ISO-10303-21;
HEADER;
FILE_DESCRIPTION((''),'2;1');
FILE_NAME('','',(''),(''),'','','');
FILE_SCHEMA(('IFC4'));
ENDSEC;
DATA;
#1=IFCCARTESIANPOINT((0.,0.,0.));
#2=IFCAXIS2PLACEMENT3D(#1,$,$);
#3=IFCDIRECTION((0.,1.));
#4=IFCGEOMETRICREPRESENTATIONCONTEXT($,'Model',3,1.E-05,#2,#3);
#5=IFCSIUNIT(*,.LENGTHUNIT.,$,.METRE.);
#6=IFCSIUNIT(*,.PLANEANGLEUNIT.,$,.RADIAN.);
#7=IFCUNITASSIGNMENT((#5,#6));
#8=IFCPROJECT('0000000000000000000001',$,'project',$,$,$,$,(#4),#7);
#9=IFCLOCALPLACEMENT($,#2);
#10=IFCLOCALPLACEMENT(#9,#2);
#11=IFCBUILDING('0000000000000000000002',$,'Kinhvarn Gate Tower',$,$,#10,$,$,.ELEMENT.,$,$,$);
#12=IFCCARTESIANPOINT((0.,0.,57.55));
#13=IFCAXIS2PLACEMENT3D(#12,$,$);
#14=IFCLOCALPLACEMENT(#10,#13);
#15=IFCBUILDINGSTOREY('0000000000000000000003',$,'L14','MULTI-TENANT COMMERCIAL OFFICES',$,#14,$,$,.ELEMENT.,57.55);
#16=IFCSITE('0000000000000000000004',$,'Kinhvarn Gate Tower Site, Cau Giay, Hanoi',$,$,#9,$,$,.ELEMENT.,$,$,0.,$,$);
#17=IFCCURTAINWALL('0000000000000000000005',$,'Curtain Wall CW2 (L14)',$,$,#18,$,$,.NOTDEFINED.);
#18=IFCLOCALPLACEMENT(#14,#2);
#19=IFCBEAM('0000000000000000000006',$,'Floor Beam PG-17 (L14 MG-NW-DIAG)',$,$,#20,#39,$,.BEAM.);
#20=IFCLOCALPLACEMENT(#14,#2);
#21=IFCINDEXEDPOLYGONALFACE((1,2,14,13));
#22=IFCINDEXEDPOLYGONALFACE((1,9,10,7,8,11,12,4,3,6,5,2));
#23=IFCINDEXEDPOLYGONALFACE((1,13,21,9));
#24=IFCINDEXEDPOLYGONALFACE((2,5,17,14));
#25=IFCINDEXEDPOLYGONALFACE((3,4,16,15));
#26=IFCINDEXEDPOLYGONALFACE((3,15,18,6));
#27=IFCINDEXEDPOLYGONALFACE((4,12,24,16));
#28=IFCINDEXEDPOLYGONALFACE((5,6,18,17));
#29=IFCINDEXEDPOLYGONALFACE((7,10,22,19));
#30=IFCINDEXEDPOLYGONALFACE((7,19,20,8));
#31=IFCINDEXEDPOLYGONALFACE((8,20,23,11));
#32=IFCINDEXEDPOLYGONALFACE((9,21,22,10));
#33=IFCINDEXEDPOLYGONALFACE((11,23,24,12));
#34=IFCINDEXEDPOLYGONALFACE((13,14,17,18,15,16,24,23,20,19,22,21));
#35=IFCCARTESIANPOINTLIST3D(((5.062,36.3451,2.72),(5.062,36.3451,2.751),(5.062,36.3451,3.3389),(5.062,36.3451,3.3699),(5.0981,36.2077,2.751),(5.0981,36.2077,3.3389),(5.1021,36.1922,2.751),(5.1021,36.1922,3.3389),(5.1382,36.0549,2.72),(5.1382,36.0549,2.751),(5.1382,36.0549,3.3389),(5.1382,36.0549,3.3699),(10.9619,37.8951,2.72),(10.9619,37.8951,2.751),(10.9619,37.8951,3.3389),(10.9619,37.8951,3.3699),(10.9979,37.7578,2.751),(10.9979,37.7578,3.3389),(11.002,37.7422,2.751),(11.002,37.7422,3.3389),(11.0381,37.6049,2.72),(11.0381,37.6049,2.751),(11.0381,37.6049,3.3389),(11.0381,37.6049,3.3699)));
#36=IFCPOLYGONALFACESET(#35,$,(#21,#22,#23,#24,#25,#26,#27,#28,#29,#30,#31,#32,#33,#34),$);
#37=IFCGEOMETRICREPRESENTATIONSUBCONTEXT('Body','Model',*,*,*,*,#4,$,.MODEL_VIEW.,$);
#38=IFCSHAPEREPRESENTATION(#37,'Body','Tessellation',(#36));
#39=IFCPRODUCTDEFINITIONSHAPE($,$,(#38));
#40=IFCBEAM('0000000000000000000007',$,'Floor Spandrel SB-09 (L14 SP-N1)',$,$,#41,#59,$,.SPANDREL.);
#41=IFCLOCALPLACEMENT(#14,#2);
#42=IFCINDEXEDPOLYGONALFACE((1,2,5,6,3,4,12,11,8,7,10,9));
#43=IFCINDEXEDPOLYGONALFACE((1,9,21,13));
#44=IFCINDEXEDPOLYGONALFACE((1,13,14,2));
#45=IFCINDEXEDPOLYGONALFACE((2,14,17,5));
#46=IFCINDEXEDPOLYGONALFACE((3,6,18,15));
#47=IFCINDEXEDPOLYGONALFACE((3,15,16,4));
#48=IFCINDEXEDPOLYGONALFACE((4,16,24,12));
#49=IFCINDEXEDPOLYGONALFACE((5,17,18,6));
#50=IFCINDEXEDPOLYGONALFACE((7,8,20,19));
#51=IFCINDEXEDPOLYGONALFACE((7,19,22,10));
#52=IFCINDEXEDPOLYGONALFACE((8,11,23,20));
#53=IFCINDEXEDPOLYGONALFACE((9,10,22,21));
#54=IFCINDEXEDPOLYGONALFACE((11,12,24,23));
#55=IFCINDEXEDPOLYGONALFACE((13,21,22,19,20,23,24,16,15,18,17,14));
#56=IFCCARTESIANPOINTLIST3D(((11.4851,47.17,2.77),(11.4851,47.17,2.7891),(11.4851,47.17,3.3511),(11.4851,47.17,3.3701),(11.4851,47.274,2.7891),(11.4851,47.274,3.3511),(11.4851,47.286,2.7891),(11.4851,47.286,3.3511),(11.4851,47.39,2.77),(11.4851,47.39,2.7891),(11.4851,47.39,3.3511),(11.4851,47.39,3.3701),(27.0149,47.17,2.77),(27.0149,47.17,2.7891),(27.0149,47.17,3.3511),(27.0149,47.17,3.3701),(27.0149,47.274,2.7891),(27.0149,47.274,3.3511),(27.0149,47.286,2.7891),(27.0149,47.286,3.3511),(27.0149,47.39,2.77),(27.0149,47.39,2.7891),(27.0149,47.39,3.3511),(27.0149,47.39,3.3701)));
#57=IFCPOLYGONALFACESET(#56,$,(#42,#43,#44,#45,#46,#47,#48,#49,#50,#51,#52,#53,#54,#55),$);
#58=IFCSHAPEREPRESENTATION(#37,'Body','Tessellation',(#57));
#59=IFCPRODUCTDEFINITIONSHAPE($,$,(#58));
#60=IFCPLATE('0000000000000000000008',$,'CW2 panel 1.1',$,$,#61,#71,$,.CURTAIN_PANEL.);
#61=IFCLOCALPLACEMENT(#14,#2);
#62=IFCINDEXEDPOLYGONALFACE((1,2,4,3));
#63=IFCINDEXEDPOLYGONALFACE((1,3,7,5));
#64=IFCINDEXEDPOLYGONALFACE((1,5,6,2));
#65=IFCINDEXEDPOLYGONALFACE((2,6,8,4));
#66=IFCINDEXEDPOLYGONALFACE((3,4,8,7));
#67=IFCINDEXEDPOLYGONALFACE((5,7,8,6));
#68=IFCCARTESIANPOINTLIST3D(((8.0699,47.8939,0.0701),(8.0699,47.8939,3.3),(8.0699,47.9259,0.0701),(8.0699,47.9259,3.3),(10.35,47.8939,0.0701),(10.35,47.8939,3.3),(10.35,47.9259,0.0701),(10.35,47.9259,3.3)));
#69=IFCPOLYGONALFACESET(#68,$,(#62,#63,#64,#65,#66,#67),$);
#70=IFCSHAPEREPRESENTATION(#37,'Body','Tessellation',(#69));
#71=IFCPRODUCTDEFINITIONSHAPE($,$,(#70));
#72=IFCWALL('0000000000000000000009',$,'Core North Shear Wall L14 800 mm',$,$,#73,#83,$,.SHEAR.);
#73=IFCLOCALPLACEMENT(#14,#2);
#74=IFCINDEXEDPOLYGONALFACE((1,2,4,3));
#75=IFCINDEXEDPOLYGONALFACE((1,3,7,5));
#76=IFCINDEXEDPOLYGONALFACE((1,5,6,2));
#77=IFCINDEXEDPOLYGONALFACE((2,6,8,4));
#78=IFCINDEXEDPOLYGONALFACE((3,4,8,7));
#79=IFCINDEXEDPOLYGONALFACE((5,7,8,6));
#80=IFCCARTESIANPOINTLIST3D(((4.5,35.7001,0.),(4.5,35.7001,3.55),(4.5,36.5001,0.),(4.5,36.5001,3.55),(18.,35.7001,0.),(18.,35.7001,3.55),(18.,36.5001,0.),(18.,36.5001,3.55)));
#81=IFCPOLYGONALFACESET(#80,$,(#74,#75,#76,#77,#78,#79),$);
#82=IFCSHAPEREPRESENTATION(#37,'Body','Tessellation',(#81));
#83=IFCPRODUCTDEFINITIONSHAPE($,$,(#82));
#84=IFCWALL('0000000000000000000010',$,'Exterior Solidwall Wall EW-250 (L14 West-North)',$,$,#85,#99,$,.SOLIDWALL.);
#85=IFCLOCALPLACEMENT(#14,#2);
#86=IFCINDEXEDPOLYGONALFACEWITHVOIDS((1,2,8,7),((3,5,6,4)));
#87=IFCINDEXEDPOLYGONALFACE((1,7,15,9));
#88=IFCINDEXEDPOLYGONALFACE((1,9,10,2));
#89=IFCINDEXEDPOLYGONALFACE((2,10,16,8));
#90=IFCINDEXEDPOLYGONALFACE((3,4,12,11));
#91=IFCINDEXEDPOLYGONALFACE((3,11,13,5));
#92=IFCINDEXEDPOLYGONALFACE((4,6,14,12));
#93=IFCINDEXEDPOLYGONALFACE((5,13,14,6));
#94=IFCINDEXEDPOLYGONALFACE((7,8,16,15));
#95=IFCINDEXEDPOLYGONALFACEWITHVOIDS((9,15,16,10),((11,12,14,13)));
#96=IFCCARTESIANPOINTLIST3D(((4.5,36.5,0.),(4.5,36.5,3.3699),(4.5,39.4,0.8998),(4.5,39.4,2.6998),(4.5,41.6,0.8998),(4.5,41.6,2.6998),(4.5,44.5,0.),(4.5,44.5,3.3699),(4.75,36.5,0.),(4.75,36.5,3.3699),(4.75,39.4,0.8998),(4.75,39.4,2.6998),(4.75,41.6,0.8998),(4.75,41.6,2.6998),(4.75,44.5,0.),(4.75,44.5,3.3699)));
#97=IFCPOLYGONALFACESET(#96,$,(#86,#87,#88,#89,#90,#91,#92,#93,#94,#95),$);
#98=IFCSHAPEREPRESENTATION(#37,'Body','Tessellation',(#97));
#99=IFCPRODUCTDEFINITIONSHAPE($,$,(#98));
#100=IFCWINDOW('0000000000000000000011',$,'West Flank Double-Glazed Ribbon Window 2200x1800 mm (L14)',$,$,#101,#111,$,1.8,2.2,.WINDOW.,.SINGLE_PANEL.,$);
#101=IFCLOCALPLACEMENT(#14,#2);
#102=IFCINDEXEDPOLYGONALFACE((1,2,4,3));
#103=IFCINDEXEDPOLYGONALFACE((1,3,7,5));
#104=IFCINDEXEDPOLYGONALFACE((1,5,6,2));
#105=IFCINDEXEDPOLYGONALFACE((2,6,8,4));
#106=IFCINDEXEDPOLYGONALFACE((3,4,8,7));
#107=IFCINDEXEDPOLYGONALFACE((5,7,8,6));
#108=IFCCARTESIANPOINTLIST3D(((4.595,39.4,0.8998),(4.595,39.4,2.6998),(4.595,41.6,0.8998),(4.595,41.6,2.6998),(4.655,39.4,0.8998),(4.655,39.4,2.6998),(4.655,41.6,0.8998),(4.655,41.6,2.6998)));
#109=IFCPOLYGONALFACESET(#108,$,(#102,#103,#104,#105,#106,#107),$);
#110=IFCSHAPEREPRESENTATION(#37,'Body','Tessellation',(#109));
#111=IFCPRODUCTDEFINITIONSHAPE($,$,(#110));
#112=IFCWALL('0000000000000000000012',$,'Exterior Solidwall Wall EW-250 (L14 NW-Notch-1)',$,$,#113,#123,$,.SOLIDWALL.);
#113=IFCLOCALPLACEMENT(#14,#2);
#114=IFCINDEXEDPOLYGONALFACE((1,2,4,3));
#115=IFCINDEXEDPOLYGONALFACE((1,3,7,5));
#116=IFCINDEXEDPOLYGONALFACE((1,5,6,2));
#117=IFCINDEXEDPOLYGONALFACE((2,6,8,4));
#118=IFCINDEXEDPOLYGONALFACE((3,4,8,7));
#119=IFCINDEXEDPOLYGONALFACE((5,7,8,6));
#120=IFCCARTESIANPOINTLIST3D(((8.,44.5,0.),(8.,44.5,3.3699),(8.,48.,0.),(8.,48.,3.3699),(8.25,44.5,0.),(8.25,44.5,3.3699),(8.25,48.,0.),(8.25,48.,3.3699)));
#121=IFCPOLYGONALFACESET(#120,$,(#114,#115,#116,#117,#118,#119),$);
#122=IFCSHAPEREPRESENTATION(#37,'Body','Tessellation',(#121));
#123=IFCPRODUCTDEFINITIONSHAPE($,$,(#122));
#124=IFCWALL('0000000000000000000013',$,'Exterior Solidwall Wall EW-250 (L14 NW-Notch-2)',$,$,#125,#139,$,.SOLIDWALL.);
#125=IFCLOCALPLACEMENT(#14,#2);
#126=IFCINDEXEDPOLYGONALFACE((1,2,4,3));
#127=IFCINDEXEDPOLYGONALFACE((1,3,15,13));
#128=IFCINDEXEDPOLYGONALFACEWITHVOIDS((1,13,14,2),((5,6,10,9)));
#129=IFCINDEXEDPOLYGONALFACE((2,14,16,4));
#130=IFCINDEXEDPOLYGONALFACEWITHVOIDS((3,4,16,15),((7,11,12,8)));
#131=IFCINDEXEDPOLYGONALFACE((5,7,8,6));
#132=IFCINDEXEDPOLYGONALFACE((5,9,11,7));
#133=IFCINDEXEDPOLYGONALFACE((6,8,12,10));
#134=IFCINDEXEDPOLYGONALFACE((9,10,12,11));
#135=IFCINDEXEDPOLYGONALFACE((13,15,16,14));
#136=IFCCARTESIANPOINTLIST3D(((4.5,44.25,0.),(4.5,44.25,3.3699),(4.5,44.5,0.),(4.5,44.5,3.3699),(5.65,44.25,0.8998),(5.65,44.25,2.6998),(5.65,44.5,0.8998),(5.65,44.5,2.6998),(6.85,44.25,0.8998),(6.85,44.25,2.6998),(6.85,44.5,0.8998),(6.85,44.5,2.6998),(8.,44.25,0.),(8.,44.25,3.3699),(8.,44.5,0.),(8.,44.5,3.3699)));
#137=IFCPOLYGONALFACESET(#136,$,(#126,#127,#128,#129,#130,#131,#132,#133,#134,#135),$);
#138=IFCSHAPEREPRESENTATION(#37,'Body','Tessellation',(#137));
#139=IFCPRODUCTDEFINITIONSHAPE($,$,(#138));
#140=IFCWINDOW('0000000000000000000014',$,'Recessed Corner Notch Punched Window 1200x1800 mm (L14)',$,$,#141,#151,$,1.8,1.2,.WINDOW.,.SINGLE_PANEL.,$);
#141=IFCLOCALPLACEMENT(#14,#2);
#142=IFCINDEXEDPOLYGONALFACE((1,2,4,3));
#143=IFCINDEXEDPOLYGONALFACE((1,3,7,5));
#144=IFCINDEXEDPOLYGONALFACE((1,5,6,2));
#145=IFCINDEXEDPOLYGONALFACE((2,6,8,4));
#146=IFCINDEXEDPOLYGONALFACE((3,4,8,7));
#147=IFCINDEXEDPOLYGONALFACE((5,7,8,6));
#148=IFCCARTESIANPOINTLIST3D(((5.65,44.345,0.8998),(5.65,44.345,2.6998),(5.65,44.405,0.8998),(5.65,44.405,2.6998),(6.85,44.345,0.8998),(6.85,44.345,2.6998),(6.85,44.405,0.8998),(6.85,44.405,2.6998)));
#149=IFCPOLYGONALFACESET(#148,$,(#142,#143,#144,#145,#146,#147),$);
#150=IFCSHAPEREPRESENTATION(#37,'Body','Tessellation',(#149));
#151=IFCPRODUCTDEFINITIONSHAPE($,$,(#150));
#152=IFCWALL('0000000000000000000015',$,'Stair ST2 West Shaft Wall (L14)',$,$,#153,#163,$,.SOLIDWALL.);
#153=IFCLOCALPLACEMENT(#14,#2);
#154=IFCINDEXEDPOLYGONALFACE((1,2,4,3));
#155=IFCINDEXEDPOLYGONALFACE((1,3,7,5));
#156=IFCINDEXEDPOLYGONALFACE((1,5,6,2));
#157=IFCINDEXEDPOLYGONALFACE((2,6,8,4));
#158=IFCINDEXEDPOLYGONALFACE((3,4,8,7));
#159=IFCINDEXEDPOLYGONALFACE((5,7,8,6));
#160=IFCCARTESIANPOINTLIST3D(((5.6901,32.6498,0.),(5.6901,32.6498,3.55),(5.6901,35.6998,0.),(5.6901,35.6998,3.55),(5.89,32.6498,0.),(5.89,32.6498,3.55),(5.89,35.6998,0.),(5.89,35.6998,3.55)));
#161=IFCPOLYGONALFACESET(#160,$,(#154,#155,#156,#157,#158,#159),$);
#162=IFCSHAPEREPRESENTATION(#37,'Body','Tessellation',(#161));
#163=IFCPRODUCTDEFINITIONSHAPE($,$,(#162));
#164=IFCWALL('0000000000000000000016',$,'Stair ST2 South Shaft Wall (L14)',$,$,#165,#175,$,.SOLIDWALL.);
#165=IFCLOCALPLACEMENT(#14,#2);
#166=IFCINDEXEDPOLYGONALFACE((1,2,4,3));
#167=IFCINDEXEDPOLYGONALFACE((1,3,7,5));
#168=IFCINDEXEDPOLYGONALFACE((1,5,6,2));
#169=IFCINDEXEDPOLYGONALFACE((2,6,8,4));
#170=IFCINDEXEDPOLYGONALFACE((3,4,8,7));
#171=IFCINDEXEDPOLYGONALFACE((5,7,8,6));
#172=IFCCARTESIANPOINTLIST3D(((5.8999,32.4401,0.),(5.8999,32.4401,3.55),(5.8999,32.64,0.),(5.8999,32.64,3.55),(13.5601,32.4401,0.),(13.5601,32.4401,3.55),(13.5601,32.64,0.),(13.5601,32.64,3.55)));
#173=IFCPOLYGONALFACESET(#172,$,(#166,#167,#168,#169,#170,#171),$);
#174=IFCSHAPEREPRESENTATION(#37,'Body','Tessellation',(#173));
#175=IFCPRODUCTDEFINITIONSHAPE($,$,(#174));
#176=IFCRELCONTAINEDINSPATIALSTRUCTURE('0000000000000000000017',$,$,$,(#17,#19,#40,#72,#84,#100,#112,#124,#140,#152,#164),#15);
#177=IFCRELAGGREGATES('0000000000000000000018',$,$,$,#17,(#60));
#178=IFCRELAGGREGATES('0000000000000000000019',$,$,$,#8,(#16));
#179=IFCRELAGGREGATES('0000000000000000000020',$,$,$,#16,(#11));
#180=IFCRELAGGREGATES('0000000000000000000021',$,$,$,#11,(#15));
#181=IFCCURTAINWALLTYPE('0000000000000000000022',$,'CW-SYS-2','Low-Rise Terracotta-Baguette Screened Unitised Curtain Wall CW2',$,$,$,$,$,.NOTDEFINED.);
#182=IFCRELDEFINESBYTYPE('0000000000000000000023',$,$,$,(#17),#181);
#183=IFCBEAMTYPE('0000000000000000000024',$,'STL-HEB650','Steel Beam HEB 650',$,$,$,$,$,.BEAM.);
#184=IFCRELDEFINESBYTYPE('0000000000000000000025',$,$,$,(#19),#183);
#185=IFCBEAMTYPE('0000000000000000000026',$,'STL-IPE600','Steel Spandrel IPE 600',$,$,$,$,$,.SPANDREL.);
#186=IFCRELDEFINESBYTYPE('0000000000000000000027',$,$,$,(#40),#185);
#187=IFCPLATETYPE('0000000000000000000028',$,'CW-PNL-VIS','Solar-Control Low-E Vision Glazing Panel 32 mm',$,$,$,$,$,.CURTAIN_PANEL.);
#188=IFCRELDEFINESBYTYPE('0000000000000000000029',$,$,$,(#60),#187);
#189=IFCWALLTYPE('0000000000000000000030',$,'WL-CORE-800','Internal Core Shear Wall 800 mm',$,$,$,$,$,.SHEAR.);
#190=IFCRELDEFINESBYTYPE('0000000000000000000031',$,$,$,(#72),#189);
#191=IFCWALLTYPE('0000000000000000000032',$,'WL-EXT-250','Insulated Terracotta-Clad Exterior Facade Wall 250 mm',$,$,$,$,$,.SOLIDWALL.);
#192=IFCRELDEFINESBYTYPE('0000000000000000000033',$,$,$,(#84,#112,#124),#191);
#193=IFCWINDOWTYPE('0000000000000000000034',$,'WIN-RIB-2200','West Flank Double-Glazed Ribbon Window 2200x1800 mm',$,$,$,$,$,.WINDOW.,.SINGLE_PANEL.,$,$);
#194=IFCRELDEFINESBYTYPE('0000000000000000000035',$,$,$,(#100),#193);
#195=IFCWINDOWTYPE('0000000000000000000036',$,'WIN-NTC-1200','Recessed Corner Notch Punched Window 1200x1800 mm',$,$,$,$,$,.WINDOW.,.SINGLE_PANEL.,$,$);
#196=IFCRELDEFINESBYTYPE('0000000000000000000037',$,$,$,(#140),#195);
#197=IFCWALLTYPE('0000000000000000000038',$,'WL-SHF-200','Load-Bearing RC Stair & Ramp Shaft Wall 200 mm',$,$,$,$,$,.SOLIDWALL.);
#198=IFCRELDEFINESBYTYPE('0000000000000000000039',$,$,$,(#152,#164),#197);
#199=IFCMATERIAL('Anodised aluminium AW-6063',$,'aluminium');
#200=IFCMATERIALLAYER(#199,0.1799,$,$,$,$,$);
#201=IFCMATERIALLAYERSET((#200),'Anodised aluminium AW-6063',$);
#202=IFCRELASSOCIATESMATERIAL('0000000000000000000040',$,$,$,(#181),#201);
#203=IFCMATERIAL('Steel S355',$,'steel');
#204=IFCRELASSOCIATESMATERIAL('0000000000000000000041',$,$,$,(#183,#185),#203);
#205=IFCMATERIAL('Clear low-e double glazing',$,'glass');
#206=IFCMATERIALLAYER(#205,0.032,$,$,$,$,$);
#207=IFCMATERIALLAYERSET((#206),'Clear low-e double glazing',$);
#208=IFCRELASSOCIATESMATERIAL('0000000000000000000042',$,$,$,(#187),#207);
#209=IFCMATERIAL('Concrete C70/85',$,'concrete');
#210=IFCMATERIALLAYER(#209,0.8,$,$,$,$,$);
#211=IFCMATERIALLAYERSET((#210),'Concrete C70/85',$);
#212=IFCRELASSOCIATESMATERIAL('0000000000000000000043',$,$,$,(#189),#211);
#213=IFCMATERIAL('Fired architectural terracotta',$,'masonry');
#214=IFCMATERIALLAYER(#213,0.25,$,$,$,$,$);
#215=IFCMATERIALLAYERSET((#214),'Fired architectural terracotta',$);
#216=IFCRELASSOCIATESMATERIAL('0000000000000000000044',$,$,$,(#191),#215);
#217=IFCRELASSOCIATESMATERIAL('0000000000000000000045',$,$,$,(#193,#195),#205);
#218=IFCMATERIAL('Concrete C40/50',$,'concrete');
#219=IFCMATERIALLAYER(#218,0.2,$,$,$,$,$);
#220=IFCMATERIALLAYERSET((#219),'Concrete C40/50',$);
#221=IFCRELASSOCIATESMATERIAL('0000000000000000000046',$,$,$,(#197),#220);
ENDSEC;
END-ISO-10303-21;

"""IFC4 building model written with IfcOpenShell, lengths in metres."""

from ifc_helpers import new_model, si_unit, direction, frame, frame_2d, origin, origin_2d, place, context, subcontext, project, spatial, rectangle, i_section, extrude, material, layer, layer_set, material_profile, profile_set, type_object, element, fill, aggregate, save


model = new_model("IFC4")

# Units and contexts
model_context = context("Model", 3, precision=1e-05, world=origin(), true_north=direction((0.0, 1.0)))
body_context = subcontext(model_context, "Body", "Model", "MODEL_VIEW")
ifc_project = project(units=[si_unit("LENGTHUNIT", "METRE"), si_unit("PLANEANGLEUNIT", "RADIAN")], contexts=[model_context])

# Site, building, storey
site_placement = place(None, origin())
site = spatial("IfcSite", under=ifc_project, at=site_placement, Name="Kinhvarn Gate Tower Site, Cau Giay, Hanoi", CompositionType="ELEMENT", RefElevation=0.0)
building_placement = place(site_placement, origin())
building = spatial("IfcBuilding", under=site, at=building_placement, Name="Kinhvarn Gate Tower", CompositionType="ELEMENT")
storey_placement = place(building_placement, frame((0.0, 0.0, 57.55)))
storey = spatial("IfcBuildingStorey", under=building, at=storey_placement, Name="L14", Description="MULTI-TENANT COMMERCIAL OFFICES", CompositionType="ELEMENT", Elevation=57.55)

# Shared definitions
ifc_material_1 = material(Name="Concrete C70/85", Category="concrete")

# Shared definitions
ifc_material_2 = material(Name="Anodised aluminium AW-6063", Category="aluminium")
ifc_layer_1 = layer(ifc_material_2, 0.1799)
ifc_layer_set_1 = layer_set([ifc_layer_1], Name="Anodised aluminium AW-6063")
curtain_wall_type = type_object("IfcCurtainWallType", Name="CW-SYS-2", Description="Low-Rise Terracotta-Baguette Screened Unitised Curtain Wall CW2", PredefinedType="NOTDEFINED", material=ifc_layer_set_1)

# Curtain wall
curtain_wall_1_placement = place(storey_placement, origin())
curtain_wall_1 = element("IfcCurtainWall", 1, at=curtain_wall_1_placement, inside=storey, type_object=curtain_wall_type, Name="Curtain Wall CW2 (L14)", PredefinedType="NOTDEFINED")

# Beams
ifc_material_3 = material(Name="Steel S355", Category="steel")
ifc_material_profile_1 = material_profile(ifc_material_3, i_section(OverallWidth=0.3, OverallDepth=0.6499, WebThickness=0.0161, FlangeThickness=0.031, at=origin_2d()), Name="HEB 650")
ifc_profile_set_1 = profile_set([ifc_material_profile_1], Name="Steel S355")
beam_type_1 = type_object("IfcBeamType", Name="STL-HEB650", Description="Steel Beam HEB 650", PredefinedType="BEAM", material=ifc_profile_set_1)
beam_1_placement = place(storey_placement, frame((5.1001, 36.2, 3.0449), z_axis=(0.967178, 0.254101, 0.0), x_axis=(-0.254101, 0.967178, 0.0)))
element("IfcBeam", 2, at=beam_1_placement, inside=storey, type_object=beam_type_1, Name="Floor Beam PG-17 (L14 MG-NW-DIAG)", PredefinedType="BEAM", context=body_context, shape_type="SweptSolid", body=[
    extrude(i_section(OverallWidth=0.3, OverallDepth=0.6499, WebThickness=0.0161, FlangeThickness=0.031, at=origin_2d()), origin(), (0.0, 0.0, 1.0), 6.1001),
])
ifc_material_profile_2 = material_profile(ifc_material_3, i_section(OverallWidth=0.22, OverallDepth=0.6001, WebThickness=0.012, FlangeThickness=0.019, at=origin_2d()), Name="IPE 600")
ifc_profile_set_2 = profile_set([ifc_material_profile_2], Name="Steel S355")
beam_type_2 = type_object("IfcBeamType", Name="STL-IPE600", Description="Steel Spandrel IPE 600", PredefinedType="SPANDREL", material=ifc_profile_set_2)
beam_2_placement = place(storey_placement, frame((11.4851, 47.28, 3.0701), z_axis=(1.0, 0.0, 0.0), x_axis=(0.0, 1.0, 0.0)))
element("IfcBeam", 3, at=beam_2_placement, inside=storey, type_object=beam_type_2, Name="Floor Spandrel SB-09 (L14 SP-N1)", PredefinedType="SPANDREL", context=body_context, shape_type="SweptSolid", body=[
    extrude(i_section(OverallWidth=0.22, OverallDepth=0.6001, WebThickness=0.012, FlangeThickness=0.019, at=origin_2d()), origin(), (0.0, 0.0, 1.0), 15.5298),
])

# Plate
ifc_material_4 = material(Name="Clear low-e double glazing", Category="glass")
ifc_layer_2 = layer(ifc_material_4, 0.032)
ifc_layer_set_2 = layer_set([ifc_layer_2], Name="Clear low-e double glazing")
plate_type = type_object("IfcPlateType", Name="CW-PNL-VIS", Description="Solar-Control Low-E Vision Glazing Panel 32 mm", PredefinedType="CURTAIN_PANEL", material=ifc_layer_set_2)
plate_placement = place(storey_placement, frame((9.21, 47.9099, 0.0701), z_axis=(0.0, 0.0, 1.0), x_axis=(-1.0, 0.0, 0.0)))
plate = element("IfcPlate", 4, at=plate_placement, type_object=plate_type, Name="CW2 panel 1.1", PredefinedType="CURTAIN_PANEL", context=body_context, shape_type="SweptSolid", body=[
    extrude(rectangle(XDim=2.28, YDim=0.032, at=origin_2d()), origin(), (0.0, 0.0, 1.0), 3.23),
])
aggregate(curtain_wall_1, [plate])

# Wall
ifc_layer_3 = layer(ifc_material_1, 0.8)
ifc_layer_set_3 = layer_set([ifc_layer_3], Name="Concrete C70/85")
wall_type_1 = type_object("IfcWallType", Name="WL-CORE-800", Description="Internal Core Shear Wall 800 mm", PredefinedType="SHEAR", material=ifc_layer_set_3)
wall_1_placement = place(storey_placement, frame((4.5, 36.1001, 0.0), z_axis=(0.0, 0.0, 1.0), x_axis=(1.0, 0.0, 0.0)))
element("IfcWall", 5, at=wall_1_placement, inside=storey, type_object=wall_type_1, Name="Core North Shear Wall L14 800 mm", PredefinedType="SHEAR", context=body_context, shape_type="SweptSolid", body=[
    extrude(rectangle(XDim=13.5, YDim=0.8, at=frame_2d((6.75, 0.0))), origin(), (0.0, 0.0, 1.0), 3.55),
])

# Wall, opening, window
ifc_material_5 = material(Name="Fired architectural terracotta", Category="masonry")
ifc_layer_4 = layer(ifc_material_5, 0.25)
ifc_layer_set_4 = layer_set([ifc_layer_4], Name="Fired architectural terracotta")
wall_type_2 = type_object("IfcWallType", Name="WL-EXT-250", Description="Insulated Terracotta-Clad Exterior Facade Wall 250 mm", PredefinedType="SOLIDWALL", material=ifc_layer_set_4)
wall_2_placement = place(storey_placement, frame((4.625, 44.5, 0.0), z_axis=(0.0, 0.0, 1.0), x_axis=(0.0, -1.0, 0.0)))
wall_2 = element("IfcWall", 6, at=wall_2_placement, inside=storey, type_object=wall_type_2, Name="Exterior Solidwall Wall EW-250 (L14 West-North)", PredefinedType="SOLIDWALL", context=body_context, shape_type="SweptSolid", body=[
    extrude(rectangle(XDim=8.0, YDim=0.25, at=frame_2d((4.0, 0.0))), origin(), (0.0, 0.0, 1.0), 3.3699),
])
opening_1_placement = place(wall_2_placement, frame((2.8999, 0.0, 0.8999)))
opening_1 = element("IfcOpeningElement", 7, at=opening_1_placement, cuts=wall_2, PredefinedType="OPENING", context=body_context, shape_type="SweptSolid", body=[
    extrude(rectangle(XDim=2.2, YDim=1.8, at=frame_2d((1.1001, 0.8999))), frame((0.0, 0.135, 0.0), z_axis=(0.0, -1.0, 0.0), x_axis=(1.0, 0.0, 0.0)), (0.0, 0.0, 1.0), 0.27),
])
window_type_1 = type_object("IfcWindowType", Name="WIN-RIB-2200", Description="West Flank Double-Glazed Ribbon Window 2200x1800 mm", PartitioningType="SINGLE_PANEL", PredefinedType="WINDOW", material=ifc_material_4)
window_1_placement = place(opening_1_placement, origin())
window_1 = element("IfcWindow", 8, at=window_1_placement, inside=storey, type_object=window_type_1, Name="West Flank Double-Glazed Ribbon Window 2200x1800 mm (L14)", OverallHeight=1.8, OverallWidth=2.2, PartitioningType="SINGLE_PANEL", PredefinedType="WINDOW", context=body_context, shape_type="SweptSolid", body=[
    extrude(rectangle(XDim=2.2, YDim=1.8, at=frame_2d((1.1001, 0.8999))), frame((0.0, 0.03, 0.0), z_axis=(0.0, -1.0, 0.0), x_axis=(1.0, 0.0, 0.0)), (0.0, 0.0, 1.0), 0.0601),
])
fill(opening_1, window_1)

# Wall
wall_3_placement = place(storey_placement, frame((8.125, 48.0, 0.0), z_axis=(0.0, 0.0, 1.0), x_axis=(0.0, -1.0, 0.0)))
element("IfcWall", 9, at=wall_3_placement, inside=storey, type_object=wall_type_2, Name="Exterior Solidwall Wall EW-250 (L14 NW-Notch-1)", PredefinedType="SOLIDWALL", context=body_context, shape_type="SweptSolid", body=[
    extrude(rectangle(XDim=3.5, YDim=0.25, at=frame_2d((1.75, 0.0))), origin(), (0.0, 0.0, 1.0), 3.3699),
])

# Wall, opening, window
wall_4_placement = place(storey_placement, frame((8.0, 44.375, 0.0), z_axis=(0.0, 0.0, 1.0), x_axis=(-1.0, 0.0, 0.0)))
wall_4 = element("IfcWall", 10, at=wall_4_placement, inside=storey, type_object=wall_type_2, Name="Exterior Solidwall Wall EW-250 (L14 NW-Notch-2)", PredefinedType="SOLIDWALL", context=body_context, shape_type="SweptSolid", body=[
    extrude(rectangle(XDim=3.5, YDim=0.25, at=frame_2d((1.75, 0.0))), origin(), (0.0, 0.0, 1.0), 3.3699),
])
opening_2_placement = place(wall_4_placement, frame((1.1499, 0.0, 0.8999)))
opening_2 = element("IfcOpeningElement", 11, at=opening_2_placement, cuts=wall_4, PredefinedType="OPENING", context=body_context, shape_type="SweptSolid", body=[
    extrude(rectangle(XDim=1.2, YDim=1.8, at=frame_2d((0.6001, 0.8999))), frame((0.0, 0.135, 0.0), z_axis=(0.0, -1.0, 0.0), x_axis=(1.0, 0.0, 0.0)), (0.0, 0.0, 1.0), 0.27),
])
window_type_2 = type_object("IfcWindowType", Name="WIN-NTC-1200", Description="Recessed Corner Notch Punched Window 1200x1800 mm", PartitioningType="SINGLE_PANEL", PredefinedType="WINDOW", material=ifc_material_4)
window_2_placement = place(opening_2_placement, origin())
window_2 = element("IfcWindow", 12, at=window_2_placement, inside=storey, type_object=window_type_2, Name="Recessed Corner Notch Punched Window 1200x1800 mm (L14)", OverallHeight=1.8, OverallWidth=1.2, PartitioningType="SINGLE_PANEL", PredefinedType="WINDOW", context=body_context, shape_type="SweptSolid", body=[
    extrude(rectangle(XDim=1.2, YDim=1.8, at=frame_2d((0.6001, 0.8999))), frame((0.0, 0.03, 0.0), z_axis=(0.0, -1.0, 0.0), x_axis=(1.0, 0.0, 0.0)), (0.0, 0.0, 1.0), 0.0601),
])
fill(opening_2, window_2)

# Walls
ifc_material_6 = material(Name="Concrete C40/50", Category="concrete")
ifc_layer_5 = layer(ifc_material_6, 0.2)
ifc_layer_set_5 = layer_set([ifc_layer_5], Name="Concrete C40/50")
wall_type_3 = type_object("IfcWallType", Name="WL-SHF-200", Description="Load-Bearing RC Stair & Ramp Shaft Wall 200 mm", PredefinedType="SOLIDWALL", material=ifc_layer_set_5)
wall_5_placement = place(storey_placement, frame((5.79, 32.6499, 0.0), z_axis=(0.0, 0.0, 1.0), x_axis=(0.0, 1.0, 0.0)))
element("IfcWall", 13, at=wall_5_placement, inside=storey, type_object=wall_type_3, Name="Stair ST2 West Shaft Wall (L14)", PredefinedType="SOLIDWALL", context=body_context, shape_type="SweptSolid", body=[
    extrude(rectangle(XDim=3.05, YDim=0.2, at=frame_2d((1.5249, 0.0))), origin(), (0.0, 0.0, 1.0), 3.55),
])
wall_6_placement = place(storey_placement, frame((5.8999, 32.54, 0.0), z_axis=(0.0, 0.0, 1.0), x_axis=(1.0, 0.0, 0.0)))
element("IfcWall", 14, at=wall_6_placement, inside=storey, type_object=wall_type_3, Name="Stair ST2 South Shaft Wall (L14)", PredefinedType="SOLIDWALL", context=body_context, shape_type="SweptSolid", body=[
    extrude(rectangle(XDim=7.6602, YDim=0.2, at=frame_2d((3.8301, 0.0))), origin(), (0.0, 0.0, 1.0), 3.55),
])

save(model, "model.ifc")
